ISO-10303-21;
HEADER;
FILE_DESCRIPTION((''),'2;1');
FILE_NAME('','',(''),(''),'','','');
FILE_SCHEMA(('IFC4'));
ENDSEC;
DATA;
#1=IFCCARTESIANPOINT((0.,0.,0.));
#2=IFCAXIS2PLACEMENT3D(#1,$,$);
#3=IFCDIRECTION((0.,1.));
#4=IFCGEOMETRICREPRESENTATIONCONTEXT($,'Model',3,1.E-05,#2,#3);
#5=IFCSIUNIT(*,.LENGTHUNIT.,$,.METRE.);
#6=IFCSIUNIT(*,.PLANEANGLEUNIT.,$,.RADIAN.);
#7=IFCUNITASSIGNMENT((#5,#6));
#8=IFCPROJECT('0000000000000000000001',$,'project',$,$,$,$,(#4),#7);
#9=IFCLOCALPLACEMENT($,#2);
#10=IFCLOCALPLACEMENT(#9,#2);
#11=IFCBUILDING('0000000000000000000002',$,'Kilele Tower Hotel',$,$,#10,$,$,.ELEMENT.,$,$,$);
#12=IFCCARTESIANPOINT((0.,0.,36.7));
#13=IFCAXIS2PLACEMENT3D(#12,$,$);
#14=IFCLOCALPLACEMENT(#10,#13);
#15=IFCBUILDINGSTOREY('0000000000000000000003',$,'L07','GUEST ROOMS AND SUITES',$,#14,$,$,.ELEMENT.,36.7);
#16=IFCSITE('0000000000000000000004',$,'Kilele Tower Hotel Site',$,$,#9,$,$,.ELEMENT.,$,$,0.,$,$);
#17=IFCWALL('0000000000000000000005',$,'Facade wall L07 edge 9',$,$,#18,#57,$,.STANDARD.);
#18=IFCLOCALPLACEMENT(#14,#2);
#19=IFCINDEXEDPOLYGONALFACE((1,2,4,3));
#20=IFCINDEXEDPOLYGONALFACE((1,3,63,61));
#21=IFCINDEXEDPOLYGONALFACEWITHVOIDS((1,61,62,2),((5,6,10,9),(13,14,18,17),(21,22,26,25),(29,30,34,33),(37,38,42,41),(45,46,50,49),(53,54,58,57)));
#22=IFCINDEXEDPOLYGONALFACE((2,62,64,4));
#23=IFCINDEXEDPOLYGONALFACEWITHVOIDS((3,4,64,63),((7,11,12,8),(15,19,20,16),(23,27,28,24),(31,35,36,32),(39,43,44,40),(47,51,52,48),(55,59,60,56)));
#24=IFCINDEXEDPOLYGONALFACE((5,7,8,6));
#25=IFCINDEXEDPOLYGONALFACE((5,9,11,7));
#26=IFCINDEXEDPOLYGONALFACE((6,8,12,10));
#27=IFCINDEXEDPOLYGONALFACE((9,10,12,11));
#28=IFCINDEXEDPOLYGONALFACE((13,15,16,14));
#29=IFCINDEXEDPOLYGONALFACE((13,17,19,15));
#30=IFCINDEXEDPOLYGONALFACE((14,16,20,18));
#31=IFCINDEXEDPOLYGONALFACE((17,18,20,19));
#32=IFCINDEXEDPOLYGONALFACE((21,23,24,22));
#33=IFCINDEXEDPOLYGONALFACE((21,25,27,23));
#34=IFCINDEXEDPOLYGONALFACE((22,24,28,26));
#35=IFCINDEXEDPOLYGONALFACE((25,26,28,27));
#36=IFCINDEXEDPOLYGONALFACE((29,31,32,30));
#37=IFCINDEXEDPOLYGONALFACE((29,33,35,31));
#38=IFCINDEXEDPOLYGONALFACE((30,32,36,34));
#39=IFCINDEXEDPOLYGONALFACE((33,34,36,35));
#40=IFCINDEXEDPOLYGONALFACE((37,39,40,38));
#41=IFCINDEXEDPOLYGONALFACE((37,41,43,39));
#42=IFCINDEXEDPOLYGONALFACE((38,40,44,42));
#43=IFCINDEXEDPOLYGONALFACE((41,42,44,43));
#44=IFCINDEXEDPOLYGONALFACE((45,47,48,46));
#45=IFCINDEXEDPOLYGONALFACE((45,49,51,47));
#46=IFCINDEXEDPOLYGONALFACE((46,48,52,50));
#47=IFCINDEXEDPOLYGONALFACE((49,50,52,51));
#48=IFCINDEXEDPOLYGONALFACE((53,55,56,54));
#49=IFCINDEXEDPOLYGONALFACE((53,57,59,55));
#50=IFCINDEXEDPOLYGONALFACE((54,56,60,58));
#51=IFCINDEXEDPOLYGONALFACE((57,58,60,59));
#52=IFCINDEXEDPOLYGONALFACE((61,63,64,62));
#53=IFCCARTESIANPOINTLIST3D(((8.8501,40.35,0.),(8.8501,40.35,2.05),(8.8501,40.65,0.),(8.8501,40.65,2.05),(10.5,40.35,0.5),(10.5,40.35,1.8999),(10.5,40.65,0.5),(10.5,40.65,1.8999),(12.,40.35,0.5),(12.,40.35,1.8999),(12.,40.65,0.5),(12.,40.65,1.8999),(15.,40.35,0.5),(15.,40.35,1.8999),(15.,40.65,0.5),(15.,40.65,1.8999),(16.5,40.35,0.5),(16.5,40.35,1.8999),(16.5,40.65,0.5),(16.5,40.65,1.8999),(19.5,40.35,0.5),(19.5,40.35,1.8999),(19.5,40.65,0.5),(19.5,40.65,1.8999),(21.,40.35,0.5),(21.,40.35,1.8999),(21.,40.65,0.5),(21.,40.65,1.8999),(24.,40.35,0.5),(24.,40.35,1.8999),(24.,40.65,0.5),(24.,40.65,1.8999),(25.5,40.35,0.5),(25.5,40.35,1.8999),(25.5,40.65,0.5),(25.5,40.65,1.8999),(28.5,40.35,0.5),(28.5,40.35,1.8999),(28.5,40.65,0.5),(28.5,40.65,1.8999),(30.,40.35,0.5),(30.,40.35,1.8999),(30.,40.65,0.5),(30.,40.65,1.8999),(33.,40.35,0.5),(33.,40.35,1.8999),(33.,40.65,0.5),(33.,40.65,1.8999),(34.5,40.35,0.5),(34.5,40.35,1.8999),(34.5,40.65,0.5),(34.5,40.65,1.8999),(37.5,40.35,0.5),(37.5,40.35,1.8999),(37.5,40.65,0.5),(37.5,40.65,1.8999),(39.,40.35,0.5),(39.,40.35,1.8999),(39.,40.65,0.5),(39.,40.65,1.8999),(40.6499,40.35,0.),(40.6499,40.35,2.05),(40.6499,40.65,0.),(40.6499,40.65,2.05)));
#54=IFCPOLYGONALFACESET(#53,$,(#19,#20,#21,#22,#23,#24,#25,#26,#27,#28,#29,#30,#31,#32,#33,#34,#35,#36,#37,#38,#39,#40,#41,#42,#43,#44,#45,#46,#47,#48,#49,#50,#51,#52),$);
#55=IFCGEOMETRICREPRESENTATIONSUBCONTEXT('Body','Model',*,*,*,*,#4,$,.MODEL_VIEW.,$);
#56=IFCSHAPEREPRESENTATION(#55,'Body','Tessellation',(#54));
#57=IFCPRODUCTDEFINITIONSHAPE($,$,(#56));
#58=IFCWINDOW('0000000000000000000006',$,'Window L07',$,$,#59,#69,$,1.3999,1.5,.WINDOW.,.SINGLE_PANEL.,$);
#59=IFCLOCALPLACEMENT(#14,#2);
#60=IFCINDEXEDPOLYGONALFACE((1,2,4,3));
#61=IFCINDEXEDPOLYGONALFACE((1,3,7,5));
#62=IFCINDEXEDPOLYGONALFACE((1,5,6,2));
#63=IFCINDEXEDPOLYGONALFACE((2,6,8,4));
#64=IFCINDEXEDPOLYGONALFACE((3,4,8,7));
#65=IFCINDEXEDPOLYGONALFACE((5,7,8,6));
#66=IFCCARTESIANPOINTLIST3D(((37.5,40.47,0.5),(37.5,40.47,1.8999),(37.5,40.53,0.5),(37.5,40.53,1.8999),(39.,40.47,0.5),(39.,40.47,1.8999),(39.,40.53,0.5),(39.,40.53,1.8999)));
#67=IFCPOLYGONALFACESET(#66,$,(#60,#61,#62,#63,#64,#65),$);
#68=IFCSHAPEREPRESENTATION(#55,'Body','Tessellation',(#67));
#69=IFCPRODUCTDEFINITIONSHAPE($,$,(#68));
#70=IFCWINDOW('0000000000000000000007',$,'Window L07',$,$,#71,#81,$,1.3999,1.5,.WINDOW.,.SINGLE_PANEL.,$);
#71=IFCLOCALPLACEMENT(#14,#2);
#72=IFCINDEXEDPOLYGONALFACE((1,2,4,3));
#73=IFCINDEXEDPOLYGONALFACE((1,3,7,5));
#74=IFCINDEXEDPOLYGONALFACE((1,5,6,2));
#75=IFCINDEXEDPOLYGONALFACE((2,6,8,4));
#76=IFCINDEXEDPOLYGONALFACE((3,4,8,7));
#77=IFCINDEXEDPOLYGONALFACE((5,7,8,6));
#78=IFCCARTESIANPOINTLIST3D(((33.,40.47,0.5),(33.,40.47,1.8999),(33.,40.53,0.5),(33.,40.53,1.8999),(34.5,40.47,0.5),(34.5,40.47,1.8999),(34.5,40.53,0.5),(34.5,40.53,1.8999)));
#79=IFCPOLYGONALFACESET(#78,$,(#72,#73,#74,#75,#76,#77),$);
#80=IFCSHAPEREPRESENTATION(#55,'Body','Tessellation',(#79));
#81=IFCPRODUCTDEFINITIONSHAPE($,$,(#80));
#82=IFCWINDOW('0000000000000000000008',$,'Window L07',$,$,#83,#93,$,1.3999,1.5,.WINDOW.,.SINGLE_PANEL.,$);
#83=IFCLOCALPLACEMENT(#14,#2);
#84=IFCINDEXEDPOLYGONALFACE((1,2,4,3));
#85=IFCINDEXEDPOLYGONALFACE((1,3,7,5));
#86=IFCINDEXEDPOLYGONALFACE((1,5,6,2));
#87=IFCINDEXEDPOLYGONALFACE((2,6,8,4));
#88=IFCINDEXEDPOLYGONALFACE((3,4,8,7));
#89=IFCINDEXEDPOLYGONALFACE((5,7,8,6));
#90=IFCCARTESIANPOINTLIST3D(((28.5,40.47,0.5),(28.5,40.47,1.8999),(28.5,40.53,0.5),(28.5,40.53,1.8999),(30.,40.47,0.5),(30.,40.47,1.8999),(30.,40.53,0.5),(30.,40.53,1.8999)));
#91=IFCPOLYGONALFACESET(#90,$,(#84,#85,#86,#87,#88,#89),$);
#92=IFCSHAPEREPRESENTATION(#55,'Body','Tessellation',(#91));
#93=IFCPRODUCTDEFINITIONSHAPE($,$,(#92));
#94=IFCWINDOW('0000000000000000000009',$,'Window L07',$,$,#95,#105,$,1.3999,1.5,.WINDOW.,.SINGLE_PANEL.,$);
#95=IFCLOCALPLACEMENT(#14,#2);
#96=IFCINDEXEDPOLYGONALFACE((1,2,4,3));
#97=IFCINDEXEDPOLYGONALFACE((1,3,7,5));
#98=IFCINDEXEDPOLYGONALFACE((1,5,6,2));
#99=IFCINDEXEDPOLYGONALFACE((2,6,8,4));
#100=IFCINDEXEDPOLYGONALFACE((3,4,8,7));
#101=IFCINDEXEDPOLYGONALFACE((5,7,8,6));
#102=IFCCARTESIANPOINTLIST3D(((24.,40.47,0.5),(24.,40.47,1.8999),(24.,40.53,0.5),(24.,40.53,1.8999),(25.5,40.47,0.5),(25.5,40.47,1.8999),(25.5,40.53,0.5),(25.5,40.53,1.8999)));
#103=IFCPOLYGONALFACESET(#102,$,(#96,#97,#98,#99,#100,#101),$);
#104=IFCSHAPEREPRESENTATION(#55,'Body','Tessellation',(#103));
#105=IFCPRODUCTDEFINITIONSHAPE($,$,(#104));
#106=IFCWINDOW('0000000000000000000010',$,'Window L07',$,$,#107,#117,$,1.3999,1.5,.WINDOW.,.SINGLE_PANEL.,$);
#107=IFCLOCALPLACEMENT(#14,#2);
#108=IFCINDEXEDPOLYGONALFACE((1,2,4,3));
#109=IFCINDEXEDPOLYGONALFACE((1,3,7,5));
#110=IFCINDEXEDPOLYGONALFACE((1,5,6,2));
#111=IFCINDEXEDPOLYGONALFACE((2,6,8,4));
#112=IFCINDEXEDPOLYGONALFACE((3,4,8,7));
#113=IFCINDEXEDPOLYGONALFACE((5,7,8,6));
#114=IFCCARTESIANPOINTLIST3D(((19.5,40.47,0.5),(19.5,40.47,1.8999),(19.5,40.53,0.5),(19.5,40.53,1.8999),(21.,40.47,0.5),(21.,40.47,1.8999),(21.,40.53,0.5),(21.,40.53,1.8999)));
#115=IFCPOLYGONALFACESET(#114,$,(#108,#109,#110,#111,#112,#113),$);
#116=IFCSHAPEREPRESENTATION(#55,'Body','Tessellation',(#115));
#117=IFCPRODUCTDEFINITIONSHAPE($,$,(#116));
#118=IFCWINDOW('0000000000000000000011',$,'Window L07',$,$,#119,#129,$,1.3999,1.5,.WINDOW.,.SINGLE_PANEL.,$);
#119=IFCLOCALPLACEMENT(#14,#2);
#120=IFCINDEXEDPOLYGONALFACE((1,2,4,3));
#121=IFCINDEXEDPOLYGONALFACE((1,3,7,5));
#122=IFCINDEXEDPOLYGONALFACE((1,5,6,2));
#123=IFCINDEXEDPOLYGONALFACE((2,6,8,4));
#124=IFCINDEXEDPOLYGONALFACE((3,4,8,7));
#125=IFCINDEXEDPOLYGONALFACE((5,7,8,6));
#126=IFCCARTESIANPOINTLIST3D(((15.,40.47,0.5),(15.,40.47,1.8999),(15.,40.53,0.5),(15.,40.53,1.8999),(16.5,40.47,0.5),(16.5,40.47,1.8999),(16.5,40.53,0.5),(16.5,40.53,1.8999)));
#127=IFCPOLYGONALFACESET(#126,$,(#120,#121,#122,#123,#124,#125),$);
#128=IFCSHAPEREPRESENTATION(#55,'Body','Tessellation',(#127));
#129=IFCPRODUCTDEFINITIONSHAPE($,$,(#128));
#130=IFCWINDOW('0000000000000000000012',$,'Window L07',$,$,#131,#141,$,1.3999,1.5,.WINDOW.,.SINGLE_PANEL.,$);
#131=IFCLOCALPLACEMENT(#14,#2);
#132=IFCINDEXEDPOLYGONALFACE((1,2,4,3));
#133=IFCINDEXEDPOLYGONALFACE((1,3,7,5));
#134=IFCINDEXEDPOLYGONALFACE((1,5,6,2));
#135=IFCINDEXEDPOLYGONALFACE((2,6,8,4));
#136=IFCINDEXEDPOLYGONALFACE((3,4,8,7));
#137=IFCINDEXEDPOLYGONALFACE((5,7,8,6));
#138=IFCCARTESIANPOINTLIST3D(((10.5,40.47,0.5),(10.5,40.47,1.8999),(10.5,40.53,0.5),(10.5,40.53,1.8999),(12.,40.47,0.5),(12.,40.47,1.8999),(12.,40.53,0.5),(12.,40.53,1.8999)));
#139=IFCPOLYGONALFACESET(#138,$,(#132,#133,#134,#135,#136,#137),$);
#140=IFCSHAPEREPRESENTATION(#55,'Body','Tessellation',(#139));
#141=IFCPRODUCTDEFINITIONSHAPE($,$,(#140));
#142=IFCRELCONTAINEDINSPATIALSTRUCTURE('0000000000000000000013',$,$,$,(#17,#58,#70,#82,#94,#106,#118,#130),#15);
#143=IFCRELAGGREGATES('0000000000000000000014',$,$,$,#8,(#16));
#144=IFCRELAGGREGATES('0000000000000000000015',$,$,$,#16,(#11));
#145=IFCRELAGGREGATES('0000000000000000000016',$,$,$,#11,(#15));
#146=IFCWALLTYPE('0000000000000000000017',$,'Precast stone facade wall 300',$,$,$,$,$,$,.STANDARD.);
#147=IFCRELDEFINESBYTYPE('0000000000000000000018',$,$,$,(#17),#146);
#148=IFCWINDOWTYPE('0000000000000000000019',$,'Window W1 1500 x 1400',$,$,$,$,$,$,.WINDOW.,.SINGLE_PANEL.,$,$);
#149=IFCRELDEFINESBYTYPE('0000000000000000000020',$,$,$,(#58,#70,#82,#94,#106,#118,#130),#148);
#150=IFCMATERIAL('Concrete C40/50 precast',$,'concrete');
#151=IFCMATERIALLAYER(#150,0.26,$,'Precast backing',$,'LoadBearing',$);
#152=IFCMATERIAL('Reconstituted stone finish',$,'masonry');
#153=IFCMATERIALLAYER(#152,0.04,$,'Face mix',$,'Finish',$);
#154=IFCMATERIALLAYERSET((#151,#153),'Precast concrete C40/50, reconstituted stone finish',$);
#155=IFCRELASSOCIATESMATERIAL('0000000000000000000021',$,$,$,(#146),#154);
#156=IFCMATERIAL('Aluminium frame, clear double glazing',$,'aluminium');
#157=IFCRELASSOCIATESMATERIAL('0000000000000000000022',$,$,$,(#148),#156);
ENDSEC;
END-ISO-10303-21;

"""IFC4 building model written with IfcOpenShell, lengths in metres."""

from ifc_helpers import new_model, si_unit, direction, frame, frame_2d, origin, place, context, subcontext, project, spatial, rectangle, extrude, material, layer, layer_set, type_object, element, fill, save


model = new_model("IFC4")

# Units and contexts
model_context = context("Model", 3, precision=1e-05, world=origin(), true_north=direction((0.0, 1.0)))
body_context = subcontext(model_context, "Body", "Model", "MODEL_VIEW")
ifc_project = project(units=[si_unit("LENGTHUNIT", "METRE"), si_unit("PLANEANGLEUNIT", "RADIAN")], contexts=[model_context])

# Site, building, storey
site_placement = place(None, origin())
site = spatial("IfcSite", under=ifc_project, at=site_placement, Name="Kilele Tower Hotel Site", CompositionType="ELEMENT", RefElevation=0.0)
building_placement = place(site_placement, origin())
building = spatial("IfcBuilding", under=site, at=building_placement, Name="Kilele Tower Hotel", CompositionType="ELEMENT")
storey_placement = place(building_placement, frame((0.0, 0.0, 36.7)))
storey = spatial("IfcBuildingStorey", under=building, at=storey_placement, Name="L07", Description="GUEST ROOMS AND SUITES", CompositionType="ELEMENT", Elevation=36.7)

# Shared definitions
ifc_material_1 = material(Name="Concrete C40/50 precast", Category="concrete")
ifc_layer_1 = layer(ifc_material_1, 0.26, Name="Precast backing", Category="LoadBearing")
ifc_material_2 = material(Name="Reconstituted stone finish", Category="masonry")
ifc_layer_2 = layer(ifc_material_2, 0.04, Name="Face mix", Category="Finish")
ifc_layer_set_1 = layer_set([ifc_layer_1, ifc_layer_2], Name="Precast concrete C40/50, reconstituted stone finish")
wall_type_1 = type_object("IfcWallType", Name="Precast stone facade wall 300", PredefinedType="STANDARD", material=ifc_layer_set_1)
ifc_material_3 = material(Name="Aluminium frame, clear double glazing", Category="aluminium")
window_type_1 = type_object("IfcWindowType", Name="Window W1 1500 x 1400", PartitioningType="SINGLE_PANEL", PredefinedType="WINDOW", material=ifc_material_3)

# Wall, openings, windows
wall_1_placement = place(storey_placement, frame((40.6499, 40.5, 0.0), z_axis=(0.0, 0.0, 1.0), x_axis=(-1.0, 0.0, 0.0)))
wall_1 = element("IfcWall", 1, at=wall_1_placement, inside=storey, type_object=wall_type_1, Name="Facade wall L07 edge 9", PredefinedType="STANDARD", context=body_context, shape_type="SweptSolid", body=[
    extrude(rectangle(XDim=31.7998, YDim=0.3, at=frame_2d((15.8999, 0.0))), origin(), (0.0, 0.0, 1.0), 2.05),
])
opening_1_placement = place(wall_1_placement, frame((1.6499, 0.0, 0.5)))
opening_1 = element("IfcOpeningElement", 2, at=opening_1_placement, cuts=wall_1, PredefinedType="OPENING", context=body_context, shape_type="SweptSolid", body=[
    extrude(rectangle(XDim=1.5, YDim=1.3999, at=frame_2d((0.75, 0.7))), frame((0.0, 0.1599, 0.0), z_axis=(0.0, -1.0, 0.0), x_axis=(1.0, 0.0, 0.0)), (0.0, 0.0, 1.0), 0.3201),
])
opening_2_placement = place(wall_1_placement, frame((6.1499, 0.0, 0.5)))
opening_2 = element("IfcOpeningElement", 3, at=opening_2_placement, cuts=wall_1, PredefinedType="OPENING", context=body_context, shape_type="SweptSolid", body=[
    extrude(rectangle(XDim=1.5, YDim=1.3999, at=frame_2d((0.75, 0.7))), frame((0.0, 0.1599, 0.0), z_axis=(0.0, -1.0, 0.0), x_axis=(1.0, 0.0, 0.0)), (0.0, 0.0, 1.0), 0.3201),
])
opening_3_placement = place(wall_1_placement, frame((10.6499, 0.0, 0.5)))
opening_3 = element("IfcOpeningElement", 4, at=opening_3_placement, cuts=wall_1, PredefinedType="OPENING", context=body_context, shape_type="SweptSolid", body=[
    extrude(rectangle(XDim=1.5, YDim=1.3999, at=frame_2d((0.75, 0.7))), frame((0.0, 0.1599, 0.0), z_axis=(0.0, -1.0, 0.0), x_axis=(1.0, 0.0, 0.0)), (0.0, 0.0, 1.0), 0.3201),
])
opening_4_placement = place(wall_1_placement, frame((15.1499, 0.0, 0.5)))
opening_4 = element("IfcOpeningElement", 5, at=opening_4_placement, cuts=wall_1, PredefinedType="OPENING", context=body_context, shape_type="SweptSolid", body=[
    extrude(rectangle(XDim=1.5, YDim=1.3999, at=frame_2d((0.75, 0.7))), frame((0.0, 0.1599, 0.0), z_axis=(0.0, -1.0, 0.0), x_axis=(1.0, 0.0, 0.0)), (0.0, 0.0, 1.0), 0.3201),
])
opening_5_placement = place(wall_1_placement, frame((19.6499, 0.0, 0.5)))
opening_5 = element("IfcOpeningElement", 6, at=opening_5_placement, cuts=wall_1, PredefinedType="OPENING", context=body_context, shape_type="SweptSolid", body=[
    extrude(rectangle(XDim=1.5, YDim=1.3999, at=frame_2d((0.75, 0.7))), frame((0.0, 0.1599, 0.0), z_axis=(0.0, -1.0, 0.0), x_axis=(1.0, 0.0, 0.0)), (0.0, 0.0, 1.0), 0.3201),
])
opening_6_placement = place(wall_1_placement, frame((24.1499, 0.0, 0.5)))
opening_6 = element("IfcOpeningElement", 7, at=opening_6_placement, cuts=wall_1, PredefinedType="OPENING", context=body_context, shape_type="SweptSolid", body=[
    extrude(rectangle(XDim=1.5, YDim=1.3999, at=frame_2d((0.75, 0.7))), frame((0.0, 0.1599, 0.0), z_axis=(0.0, -1.0, 0.0), x_axis=(1.0, 0.0, 0.0)), (0.0, 0.0, 1.0), 0.3201),
])
opening_7_placement = place(wall_1_placement, frame((28.6499, 0.0, 0.5)))
opening_7 = element("IfcOpeningElement", 8, at=opening_7_placement, cuts=wall_1, PredefinedType="OPENING", context=body_context, shape_type="SweptSolid", body=[
    extrude(rectangle(XDim=1.5, YDim=1.3999, at=frame_2d((0.75, 0.7))), frame((0.0, 0.1599, 0.0), z_axis=(0.0, -1.0, 0.0), x_axis=(1.0, 0.0, 0.0)), (0.0, 0.0, 1.0), 0.3201),
])
window_1_placement = place(opening_1_placement, origin())
window_1 = element("IfcWindow", 9, at=window_1_placement, inside=storey, type_object=window_type_1, Name="Window L07", OverallHeight=1.3999, OverallWidth=1.5, PartitioningType="SINGLE_PANEL", PredefinedType="WINDOW", context=body_context, shape_type="SweptSolid", body=[
    extrude(rectangle(XDim=1.5, YDim=1.3999, at=frame_2d((0.75, 0.7))), frame((0.0, 0.03, 0.0), z_axis=(0.0, -1.0, 0.0), x_axis=(1.0, 0.0, 0.0)), (0.0, 0.0, 1.0), 0.0601),
])
fill(opening_1, window_1)
window_2_placement = place(opening_2_placement, origin())
window_2 = element("IfcWindow", 10, at=window_2_placement, inside=storey, type_object=window_type_1, Name="Window L07", OverallHeight=1.3999, OverallWidth=1.5, PartitioningType="SINGLE_PANEL", PredefinedType="WINDOW", context=body_context, shape_type="SweptSolid", body=[
    extrude(rectangle(XDim=1.5, YDim=1.3999, at=frame_2d((0.75, 0.7))), frame((0.0, 0.03, 0.0), z_axis=(0.0, -1.0, 0.0), x_axis=(1.0, 0.0, 0.0)), (0.0, 0.0, 1.0), 0.0601),
])
fill(opening_2, window_2)
window_3_placement = place(opening_3_placement, origin())
window_3 = element("IfcWindow", 11, at=window_3_placement, inside=storey, type_object=window_type_1, Name="Window L07", OverallHeight=1.3999, OverallWidth=1.5, PartitioningType="SINGLE_PANEL", PredefinedType="WINDOW", context=body_context, shape_type="SweptSolid", body=[
    extrude(rectangle(XDim=1.5, YDim=1.3999, at=frame_2d((0.75, 0.7))), frame((0.0, 0.03, 0.0), z_axis=(0.0, -1.0, 0.0), x_axis=(1.0, 0.0, 0.0)), (0.0, 0.0, 1.0), 0.0601),
])
fill(opening_3, window_3)
window_4_placement = place(opening_4_placement, origin())
window_4 = element("IfcWindow", 12, at=window_4_placement, inside=storey, type_object=window_type_1, Name="Window L07", OverallHeight=1.3999, OverallWidth=1.5, PartitioningType="SINGLE_PANEL", PredefinedType="WINDOW", context=body_context, shape_type="SweptSolid", body=[
    extrude(rectangle(XDim=1.5, YDim=1.3999, at=frame_2d((0.75, 0.7))), frame((0.0, 0.03, 0.0), z_axis=(0.0, -1.0, 0.0), x_axis=(1.0, 0.0, 0.0)), (0.0, 0.0, 1.0), 0.0601),
])
fill(opening_4, window_4)
window_5_placement = place(opening_5_placement, origin())
window_5 = element("IfcWindow", 13, at=window_5_placement, inside=storey, type_object=window_type_1, Name="Window L07", OverallHeight=1.3999, OverallWidth=1.5, PartitioningType="SINGLE_PANEL", PredefinedType="WINDOW", context=body_context, shape_type="SweptSolid", body=[
    extrude(rectangle(XDim=1.5, YDim=1.3999, at=frame_2d((0.75, 0.7))), frame((0.0, 0.03, 0.0), z_axis=(0.0, -1.0, 0.0), x_axis=(1.0, 0.0, 0.0)), (0.0, 0.0, 1.0), 0.0601),
])
fill(opening_5, window_5)
window_6_placement = place(opening_6_placement, origin())
window_6 = element("IfcWindow", 14, at=window_6_placement, inside=storey, type_object=window_type_1, Name="Window L07", OverallHeight=1.3999, OverallWidth=1.5, PartitioningType="SINGLE_PANEL", PredefinedType="WINDOW", context=body_context, shape_type="SweptSolid", body=[
    extrude(rectangle(XDim=1.5, YDim=1.3999, at=frame_2d((0.75, 0.7))), frame((0.0, 0.03, 0.0), z_axis=(0.0, -1.0, 0.0), x_axis=(1.0, 0.0, 0.0)), (0.0, 0.0, 1.0), 0.0601),
])
fill(opening_6, window_6)
window_7_placement = place(opening_7_placement, origin())
window_7 = element("IfcWindow", 15, at=window_7_placement, inside=storey, type_object=window_type_1, Name="Window L07", OverallHeight=1.3999, OverallWidth=1.5, PartitioningType="SINGLE_PANEL", PredefinedType="WINDOW", context=body_context, shape_type="SweptSolid", body=[
    extrude(rectangle(XDim=1.5, YDim=1.3999, at=frame_2d((0.75, 0.7))), frame((0.0, 0.03, 0.0), z_axis=(0.0, -1.0, 0.0), x_axis=(1.0, 0.0, 0.0)), (0.0, 0.0, 1.0), 0.0601),
])
fill(opening_7, window_7)

save(model, "model.ifc")
